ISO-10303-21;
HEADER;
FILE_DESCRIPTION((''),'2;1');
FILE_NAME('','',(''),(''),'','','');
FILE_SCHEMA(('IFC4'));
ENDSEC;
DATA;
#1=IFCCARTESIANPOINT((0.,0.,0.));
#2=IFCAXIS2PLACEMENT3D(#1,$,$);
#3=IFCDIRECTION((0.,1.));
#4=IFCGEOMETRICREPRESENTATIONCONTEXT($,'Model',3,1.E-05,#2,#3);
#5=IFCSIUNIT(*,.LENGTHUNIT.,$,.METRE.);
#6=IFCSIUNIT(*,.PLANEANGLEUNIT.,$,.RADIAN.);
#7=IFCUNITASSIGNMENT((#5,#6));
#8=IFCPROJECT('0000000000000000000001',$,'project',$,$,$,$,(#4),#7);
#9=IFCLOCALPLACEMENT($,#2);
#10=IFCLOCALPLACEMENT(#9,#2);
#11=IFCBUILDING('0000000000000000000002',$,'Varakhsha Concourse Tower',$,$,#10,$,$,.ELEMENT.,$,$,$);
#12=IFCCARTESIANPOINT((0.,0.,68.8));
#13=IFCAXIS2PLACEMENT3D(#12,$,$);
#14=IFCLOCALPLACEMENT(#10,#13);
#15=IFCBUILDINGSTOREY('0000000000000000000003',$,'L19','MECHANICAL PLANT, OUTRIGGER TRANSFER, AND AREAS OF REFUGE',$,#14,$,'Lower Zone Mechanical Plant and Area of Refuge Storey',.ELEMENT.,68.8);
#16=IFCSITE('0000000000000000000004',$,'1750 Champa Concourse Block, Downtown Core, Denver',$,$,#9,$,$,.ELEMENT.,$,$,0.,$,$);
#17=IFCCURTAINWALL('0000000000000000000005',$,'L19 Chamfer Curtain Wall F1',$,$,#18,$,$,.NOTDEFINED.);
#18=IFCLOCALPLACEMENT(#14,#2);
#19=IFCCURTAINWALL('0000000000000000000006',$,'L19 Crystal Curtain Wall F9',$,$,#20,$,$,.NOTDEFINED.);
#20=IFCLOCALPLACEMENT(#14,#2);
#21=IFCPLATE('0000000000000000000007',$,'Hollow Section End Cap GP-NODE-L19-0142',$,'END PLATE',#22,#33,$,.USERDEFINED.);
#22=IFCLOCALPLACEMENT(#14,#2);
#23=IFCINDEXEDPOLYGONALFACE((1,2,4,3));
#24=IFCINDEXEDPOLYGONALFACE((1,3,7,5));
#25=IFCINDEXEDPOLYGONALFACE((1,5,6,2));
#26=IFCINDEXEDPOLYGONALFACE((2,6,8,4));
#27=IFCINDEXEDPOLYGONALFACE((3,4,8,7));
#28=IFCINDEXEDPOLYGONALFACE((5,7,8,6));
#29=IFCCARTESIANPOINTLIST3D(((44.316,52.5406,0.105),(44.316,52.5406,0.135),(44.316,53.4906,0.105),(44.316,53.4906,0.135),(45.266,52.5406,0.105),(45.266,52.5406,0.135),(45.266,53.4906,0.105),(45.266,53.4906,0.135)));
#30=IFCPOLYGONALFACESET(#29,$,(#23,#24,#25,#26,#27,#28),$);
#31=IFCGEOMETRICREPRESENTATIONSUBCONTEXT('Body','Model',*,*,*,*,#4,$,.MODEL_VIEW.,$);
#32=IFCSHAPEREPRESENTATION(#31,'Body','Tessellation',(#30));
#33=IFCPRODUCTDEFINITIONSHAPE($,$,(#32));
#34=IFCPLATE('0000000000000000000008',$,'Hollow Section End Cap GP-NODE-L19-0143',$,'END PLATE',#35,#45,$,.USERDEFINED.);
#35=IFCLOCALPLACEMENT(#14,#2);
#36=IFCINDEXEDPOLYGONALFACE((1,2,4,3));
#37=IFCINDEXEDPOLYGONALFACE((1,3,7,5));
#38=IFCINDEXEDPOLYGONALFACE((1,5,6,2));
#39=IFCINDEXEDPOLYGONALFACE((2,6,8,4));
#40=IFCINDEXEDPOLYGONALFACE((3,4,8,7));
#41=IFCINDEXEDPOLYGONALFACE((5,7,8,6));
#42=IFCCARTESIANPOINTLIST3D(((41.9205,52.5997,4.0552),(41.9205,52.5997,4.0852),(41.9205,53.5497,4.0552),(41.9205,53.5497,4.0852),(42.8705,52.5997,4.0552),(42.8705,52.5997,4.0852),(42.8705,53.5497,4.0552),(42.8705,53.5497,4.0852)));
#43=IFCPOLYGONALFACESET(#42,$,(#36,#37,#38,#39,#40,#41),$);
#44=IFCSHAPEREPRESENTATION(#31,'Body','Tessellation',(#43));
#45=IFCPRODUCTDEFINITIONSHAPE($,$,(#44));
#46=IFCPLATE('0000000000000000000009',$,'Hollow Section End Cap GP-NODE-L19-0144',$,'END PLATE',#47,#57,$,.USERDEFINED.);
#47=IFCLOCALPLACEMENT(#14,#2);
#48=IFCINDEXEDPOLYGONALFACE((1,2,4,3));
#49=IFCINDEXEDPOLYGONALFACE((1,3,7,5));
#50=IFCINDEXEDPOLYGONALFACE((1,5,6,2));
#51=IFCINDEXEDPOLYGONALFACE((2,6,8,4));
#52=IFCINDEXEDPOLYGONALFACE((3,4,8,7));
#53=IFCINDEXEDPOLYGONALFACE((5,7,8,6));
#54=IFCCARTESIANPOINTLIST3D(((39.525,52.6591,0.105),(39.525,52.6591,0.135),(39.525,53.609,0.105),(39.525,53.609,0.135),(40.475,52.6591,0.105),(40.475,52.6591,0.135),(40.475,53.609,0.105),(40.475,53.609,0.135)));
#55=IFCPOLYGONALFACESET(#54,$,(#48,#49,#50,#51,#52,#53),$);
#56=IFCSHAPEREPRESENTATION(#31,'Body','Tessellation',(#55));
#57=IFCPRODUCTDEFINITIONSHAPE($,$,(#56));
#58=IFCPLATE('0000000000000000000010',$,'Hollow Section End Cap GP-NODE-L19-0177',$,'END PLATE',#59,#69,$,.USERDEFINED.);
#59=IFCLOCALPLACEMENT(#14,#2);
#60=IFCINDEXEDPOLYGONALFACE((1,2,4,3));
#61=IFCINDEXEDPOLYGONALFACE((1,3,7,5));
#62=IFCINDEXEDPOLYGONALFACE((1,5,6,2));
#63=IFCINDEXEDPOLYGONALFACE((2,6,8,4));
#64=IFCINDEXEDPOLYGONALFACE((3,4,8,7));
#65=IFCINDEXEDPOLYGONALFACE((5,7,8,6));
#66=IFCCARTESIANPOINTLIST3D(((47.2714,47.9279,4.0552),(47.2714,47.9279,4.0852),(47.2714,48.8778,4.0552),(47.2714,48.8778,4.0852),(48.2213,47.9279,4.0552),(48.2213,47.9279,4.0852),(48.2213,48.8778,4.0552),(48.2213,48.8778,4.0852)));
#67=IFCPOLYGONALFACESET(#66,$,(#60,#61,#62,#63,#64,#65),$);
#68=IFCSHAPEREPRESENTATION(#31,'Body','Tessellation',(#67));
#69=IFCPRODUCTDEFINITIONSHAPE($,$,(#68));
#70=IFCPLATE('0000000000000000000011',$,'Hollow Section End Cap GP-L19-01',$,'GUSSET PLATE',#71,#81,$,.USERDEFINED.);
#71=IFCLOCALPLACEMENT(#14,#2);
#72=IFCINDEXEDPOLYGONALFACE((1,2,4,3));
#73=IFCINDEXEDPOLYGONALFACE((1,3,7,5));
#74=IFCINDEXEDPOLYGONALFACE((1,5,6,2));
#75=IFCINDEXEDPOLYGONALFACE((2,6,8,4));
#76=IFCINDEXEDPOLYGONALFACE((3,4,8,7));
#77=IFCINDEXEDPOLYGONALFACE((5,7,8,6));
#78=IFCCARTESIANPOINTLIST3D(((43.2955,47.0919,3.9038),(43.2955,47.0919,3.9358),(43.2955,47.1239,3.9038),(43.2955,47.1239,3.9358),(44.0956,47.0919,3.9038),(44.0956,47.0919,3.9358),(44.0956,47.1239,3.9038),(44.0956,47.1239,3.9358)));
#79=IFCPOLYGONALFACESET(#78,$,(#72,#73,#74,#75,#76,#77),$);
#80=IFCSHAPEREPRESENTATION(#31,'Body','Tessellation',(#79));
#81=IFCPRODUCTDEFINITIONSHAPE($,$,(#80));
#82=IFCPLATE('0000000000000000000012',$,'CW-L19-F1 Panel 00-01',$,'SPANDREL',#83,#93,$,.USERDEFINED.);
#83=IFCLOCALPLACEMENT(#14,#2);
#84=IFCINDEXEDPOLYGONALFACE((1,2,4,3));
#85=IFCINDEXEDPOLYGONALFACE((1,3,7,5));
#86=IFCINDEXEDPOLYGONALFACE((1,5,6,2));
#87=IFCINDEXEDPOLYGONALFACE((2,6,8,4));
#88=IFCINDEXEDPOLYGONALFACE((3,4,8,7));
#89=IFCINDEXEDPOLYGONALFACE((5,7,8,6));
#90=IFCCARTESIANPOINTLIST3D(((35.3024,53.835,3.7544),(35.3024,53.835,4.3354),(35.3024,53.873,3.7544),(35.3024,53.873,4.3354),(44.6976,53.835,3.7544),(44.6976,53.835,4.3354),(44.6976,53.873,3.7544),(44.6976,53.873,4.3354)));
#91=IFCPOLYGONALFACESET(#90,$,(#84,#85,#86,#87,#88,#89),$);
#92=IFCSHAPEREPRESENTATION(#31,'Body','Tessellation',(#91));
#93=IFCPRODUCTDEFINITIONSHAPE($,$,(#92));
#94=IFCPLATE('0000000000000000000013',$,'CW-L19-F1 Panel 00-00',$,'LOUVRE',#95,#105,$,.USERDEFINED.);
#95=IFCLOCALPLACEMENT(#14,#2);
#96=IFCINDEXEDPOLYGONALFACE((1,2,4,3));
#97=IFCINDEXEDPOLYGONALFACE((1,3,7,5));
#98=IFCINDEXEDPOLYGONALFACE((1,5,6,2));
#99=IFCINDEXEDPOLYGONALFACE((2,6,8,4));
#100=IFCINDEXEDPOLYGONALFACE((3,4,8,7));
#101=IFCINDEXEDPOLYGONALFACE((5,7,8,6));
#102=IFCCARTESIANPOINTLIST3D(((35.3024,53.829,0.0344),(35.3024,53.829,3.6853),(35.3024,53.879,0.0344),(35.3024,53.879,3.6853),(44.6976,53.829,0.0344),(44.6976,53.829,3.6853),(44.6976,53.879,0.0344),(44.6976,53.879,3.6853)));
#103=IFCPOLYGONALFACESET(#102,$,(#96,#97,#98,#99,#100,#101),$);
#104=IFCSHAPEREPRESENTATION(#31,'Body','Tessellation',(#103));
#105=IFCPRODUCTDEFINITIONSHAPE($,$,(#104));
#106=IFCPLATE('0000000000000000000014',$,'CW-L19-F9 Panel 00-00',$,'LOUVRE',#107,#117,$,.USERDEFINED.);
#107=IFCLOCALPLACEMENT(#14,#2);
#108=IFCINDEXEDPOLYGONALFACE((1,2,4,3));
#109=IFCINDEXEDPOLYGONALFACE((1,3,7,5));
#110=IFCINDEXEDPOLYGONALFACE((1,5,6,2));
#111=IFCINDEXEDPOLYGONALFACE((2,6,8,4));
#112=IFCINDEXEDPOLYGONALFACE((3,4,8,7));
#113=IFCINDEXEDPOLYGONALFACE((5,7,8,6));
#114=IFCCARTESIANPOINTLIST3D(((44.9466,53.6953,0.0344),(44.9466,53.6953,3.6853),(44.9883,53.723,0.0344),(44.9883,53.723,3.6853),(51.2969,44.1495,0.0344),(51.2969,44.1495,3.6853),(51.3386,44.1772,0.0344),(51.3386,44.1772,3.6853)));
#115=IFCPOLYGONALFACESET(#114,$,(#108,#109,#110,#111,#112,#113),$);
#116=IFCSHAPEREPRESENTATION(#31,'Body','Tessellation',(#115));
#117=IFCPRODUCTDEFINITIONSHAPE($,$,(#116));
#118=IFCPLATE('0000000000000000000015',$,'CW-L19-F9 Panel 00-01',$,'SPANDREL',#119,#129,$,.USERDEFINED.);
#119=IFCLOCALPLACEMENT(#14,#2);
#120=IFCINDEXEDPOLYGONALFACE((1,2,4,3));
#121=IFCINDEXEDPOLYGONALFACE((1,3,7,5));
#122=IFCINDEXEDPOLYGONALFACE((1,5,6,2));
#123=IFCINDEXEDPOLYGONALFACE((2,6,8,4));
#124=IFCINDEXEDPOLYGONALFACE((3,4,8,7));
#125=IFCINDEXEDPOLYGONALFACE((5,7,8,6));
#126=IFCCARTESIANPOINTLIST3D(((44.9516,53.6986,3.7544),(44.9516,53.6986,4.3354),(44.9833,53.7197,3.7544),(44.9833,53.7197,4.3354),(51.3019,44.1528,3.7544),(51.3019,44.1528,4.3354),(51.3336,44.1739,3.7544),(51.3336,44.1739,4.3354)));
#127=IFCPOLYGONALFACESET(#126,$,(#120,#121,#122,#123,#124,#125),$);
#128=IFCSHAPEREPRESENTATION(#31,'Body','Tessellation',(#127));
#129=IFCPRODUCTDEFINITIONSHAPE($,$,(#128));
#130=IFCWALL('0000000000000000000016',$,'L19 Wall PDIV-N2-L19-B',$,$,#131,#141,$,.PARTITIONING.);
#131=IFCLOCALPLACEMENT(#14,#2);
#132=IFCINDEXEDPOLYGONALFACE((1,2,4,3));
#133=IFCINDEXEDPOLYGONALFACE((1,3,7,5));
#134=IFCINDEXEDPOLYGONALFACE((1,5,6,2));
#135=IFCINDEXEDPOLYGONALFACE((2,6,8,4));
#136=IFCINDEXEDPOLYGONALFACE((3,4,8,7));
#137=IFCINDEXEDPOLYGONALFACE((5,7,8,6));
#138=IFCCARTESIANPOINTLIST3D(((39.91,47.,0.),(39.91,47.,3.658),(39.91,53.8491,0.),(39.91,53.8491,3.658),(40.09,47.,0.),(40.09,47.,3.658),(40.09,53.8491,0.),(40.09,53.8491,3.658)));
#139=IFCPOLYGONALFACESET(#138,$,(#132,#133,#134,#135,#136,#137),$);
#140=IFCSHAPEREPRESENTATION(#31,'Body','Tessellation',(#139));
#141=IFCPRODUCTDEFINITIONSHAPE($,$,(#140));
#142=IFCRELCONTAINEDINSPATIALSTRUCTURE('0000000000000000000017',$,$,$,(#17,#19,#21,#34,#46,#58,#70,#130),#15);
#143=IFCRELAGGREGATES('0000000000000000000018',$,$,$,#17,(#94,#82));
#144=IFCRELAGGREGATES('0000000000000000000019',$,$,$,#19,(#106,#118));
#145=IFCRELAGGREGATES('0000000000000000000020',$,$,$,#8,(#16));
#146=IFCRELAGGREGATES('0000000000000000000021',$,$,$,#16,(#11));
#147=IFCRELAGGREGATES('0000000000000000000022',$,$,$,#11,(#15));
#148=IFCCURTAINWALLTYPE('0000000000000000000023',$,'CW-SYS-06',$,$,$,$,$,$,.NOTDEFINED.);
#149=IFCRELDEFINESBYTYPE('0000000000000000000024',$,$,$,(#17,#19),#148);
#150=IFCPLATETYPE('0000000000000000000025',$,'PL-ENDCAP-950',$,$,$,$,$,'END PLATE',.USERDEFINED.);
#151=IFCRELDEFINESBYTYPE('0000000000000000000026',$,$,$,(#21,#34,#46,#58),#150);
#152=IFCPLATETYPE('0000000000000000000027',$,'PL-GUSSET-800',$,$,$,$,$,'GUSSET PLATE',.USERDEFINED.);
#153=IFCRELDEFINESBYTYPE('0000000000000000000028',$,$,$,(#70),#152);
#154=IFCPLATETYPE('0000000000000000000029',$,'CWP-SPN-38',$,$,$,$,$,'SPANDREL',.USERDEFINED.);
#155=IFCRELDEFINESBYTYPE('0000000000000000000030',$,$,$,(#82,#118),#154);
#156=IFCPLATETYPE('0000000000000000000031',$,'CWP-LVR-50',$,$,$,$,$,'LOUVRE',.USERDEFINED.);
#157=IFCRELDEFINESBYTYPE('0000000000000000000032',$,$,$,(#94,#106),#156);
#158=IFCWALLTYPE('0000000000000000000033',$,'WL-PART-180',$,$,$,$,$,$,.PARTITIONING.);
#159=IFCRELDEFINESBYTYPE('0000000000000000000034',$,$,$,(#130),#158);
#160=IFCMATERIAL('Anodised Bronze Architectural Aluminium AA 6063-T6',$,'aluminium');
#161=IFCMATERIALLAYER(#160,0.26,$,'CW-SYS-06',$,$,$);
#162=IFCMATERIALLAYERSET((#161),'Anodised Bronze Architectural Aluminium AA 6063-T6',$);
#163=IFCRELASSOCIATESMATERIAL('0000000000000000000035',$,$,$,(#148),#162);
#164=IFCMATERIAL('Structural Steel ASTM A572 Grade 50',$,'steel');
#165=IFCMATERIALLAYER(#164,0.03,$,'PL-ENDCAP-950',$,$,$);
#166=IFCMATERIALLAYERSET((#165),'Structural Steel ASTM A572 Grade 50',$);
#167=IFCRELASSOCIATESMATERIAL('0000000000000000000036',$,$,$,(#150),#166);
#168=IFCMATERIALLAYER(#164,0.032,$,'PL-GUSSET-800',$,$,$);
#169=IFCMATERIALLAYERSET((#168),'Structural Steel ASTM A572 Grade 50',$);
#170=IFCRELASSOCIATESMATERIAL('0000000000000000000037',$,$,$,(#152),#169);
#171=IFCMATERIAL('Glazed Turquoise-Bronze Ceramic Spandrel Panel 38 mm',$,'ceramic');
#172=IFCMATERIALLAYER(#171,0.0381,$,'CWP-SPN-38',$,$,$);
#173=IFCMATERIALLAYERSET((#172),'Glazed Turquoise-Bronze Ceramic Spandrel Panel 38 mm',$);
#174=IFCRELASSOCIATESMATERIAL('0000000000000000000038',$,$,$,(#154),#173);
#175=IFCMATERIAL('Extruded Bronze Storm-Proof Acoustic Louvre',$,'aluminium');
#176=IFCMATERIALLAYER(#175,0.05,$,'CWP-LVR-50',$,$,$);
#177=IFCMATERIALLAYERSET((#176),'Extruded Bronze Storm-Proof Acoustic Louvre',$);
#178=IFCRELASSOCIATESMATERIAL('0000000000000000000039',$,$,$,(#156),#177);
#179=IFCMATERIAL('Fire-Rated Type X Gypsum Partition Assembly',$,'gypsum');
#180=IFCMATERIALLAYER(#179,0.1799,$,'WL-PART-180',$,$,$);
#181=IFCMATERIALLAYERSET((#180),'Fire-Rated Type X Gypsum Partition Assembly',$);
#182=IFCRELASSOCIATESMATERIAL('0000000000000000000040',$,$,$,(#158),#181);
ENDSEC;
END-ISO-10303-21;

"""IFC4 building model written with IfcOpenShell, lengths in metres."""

from ifc_helpers import new_model, si_unit, direction, frame, frame_2d, origin, origin_2d, place, context, subcontext, project, spatial, rectangle, extrude, source, transform, mapped, material, layer, layer_set, type_object, type_shapes, element, aggregate, save


model = new_model("IFC4")

# Units and contexts
model_context = context("Model", 3, precision=1e-05, world=origin(), true_north=direction((0.0, 1.0)))
body_context = subcontext(model_context, "Body", "Model", "MODEL_VIEW")
ifc_project = project(units=[si_unit("LENGTHUNIT", "METRE"), si_unit("PLANEANGLEUNIT", "RADIAN")], contexts=[model_context])

# Site, building, storey
site_placement = place(None, origin())
site = spatial("IfcSite", under=ifc_project, at=site_placement, Name="1750 Champa Concourse Block, Downtown Core, Denver", CompositionType="ELEMENT", RefElevation=0.0)
building_placement = place(site_placement, origin())
building = spatial("IfcBuilding", under=site, at=building_placement, Name="Varakhsha Concourse Tower", CompositionType="ELEMENT")
storey_placement = place(building_placement, frame((0.0, 0.0, 68.8)))
storey = spatial("IfcBuildingStorey", under=building, at=storey_placement, Name="L19", Description="MECHANICAL PLANT, OUTRIGGER TRANSFER, AND AREAS OF REFUGE", LongName="Lower Zone Mechanical Plant and Area of Refuge Storey", CompositionType="ELEMENT", Elevation=68.8)

# Shared definitions
ifc_material_1 = material(Name="Structural Steel ASTM A572 Grade 50", Category="steel")

# Curtain wall
ifc_material_2 = material(Name="Anodised Bronze Architectural Aluminium AA 6063-T6", Category="aluminium")
ifc_layer_1 = layer(ifc_material_2, 0.26, Name="CW-SYS-06")
ifc_layer_set_1 = layer_set([ifc_layer_1], Name="Anodised Bronze Architectural Aluminium AA 6063-T6")
curtain_wall_type = type_object("IfcCurtainWallType", Name="CW-SYS-06", PredefinedType="NOTDEFINED", material=ifc_layer_set_1)
curtain_wall_1_placement = place(storey_placement, origin())
curtain_wall_1 = element("IfcCurtainWall", 1, at=curtain_wall_1_placement, inside=storey, type_object=curtain_wall_type, Name="L19 Chamfer Curtain Wall F1", PredefinedType="NOTDEFINED")

# Curtain wall
curtain_wall_2_placement = place(storey_placement, origin())
curtain_wall_2 = element("IfcCurtainWall", 2, at=curtain_wall_2_placement, inside=storey, type_object=curtain_wall_type, Name="L19 Crystal Curtain Wall F9", PredefinedType="NOTDEFINED")

# Plates
ifc_layer_2 = layer(ifc_material_1, 0.03, Name="PL-ENDCAP-950")
ifc_layer_set_2 = layer_set([ifc_layer_2], Name="Structural Steel ASTM A572 Grade 50")
plate_type_1 = type_object("IfcPlateType", Name="PL-ENDCAP-950", ElementType="END PLATE", PredefinedType="USERDEFINED", material=ifc_layer_set_2)
shared_shape_1 = source(origin(), body_context, "Body", "SweptSolid", [
    extrude(rectangle(XDim=0.95, YDim=0.95, at=origin_2d()), origin(), (0.0, 0.0, 1.0), 0.03),
])
type_shapes(plate_type_1, [shared_shape_1])
for number, where, z_axis, x_axis, name in (
    (3, (44.791, 53.0156, 0.105), (0.0, 0.0, 1.0), (1.0, 0.0, 0.0), "Hollow Section End Cap GP-NODE-L19-0142"),
    (4, (42.3955, 53.0747, 4.0552), (0.0, 0.0, 1.0), (1.0, 0.0, 0.0), "Hollow Section End Cap GP-NODE-L19-0143"),
    (5, (40.0, 53.134, 0.105), (0.0, 0.0, 1.0), (1.0, 0.0, 0.0), "Hollow Section End Cap GP-NODE-L19-0144"),
    (6, (47.7463, 48.4028, 4.0552), (0.0, 0.0, 1.0), (1.0, 0.0, 0.0), "Hollow Section End Cap GP-NODE-L19-0177"),
):
    element("IfcPlate", number, at=place(storey_placement, frame(where, z_axis=z_axis, x_axis=x_axis)), inside=storey, type_object=plate_type_1, Name=name, ObjectType="END PLATE", PredefinedType="USERDEFINED", context=body_context, shape_type="MappedRepresentation", body=[
        mapped(shared_shape_1, transform((0.0, 0.0, 0.0), scale=1.0)),
    ])
ifc_layer_3 = layer(ifc_material_1, 0.032, Name="PL-GUSSET-800")
ifc_layer_set_3 = layer_set([ifc_layer_3], Name="Structural Steel ASTM A572 Grade 50")
plate_type_2 = type_object("IfcPlateType", Name="PL-GUSSET-800", ElementType="GUSSET PLATE", PredefinedType="USERDEFINED", material=ifc_layer_set_3)
shared_shape_2 = source(origin(), body_context, "Body", "SweptSolid", [
    extrude(rectangle(XDim=0.8, YDim=0.032, at=origin_2d()), origin(), (0.0, 0.0, 1.0), 0.032),
])
type_shapes(plate_type_2, [shared_shape_2])
plate_1_placement = place(storey_placement, frame((43.6956, 47.1079, 3.9038), z_axis=(0.0, 0.0, 1.0), x_axis=(1.0, 0.0, 0.0)))
element("IfcPlate", 7, at=plate_1_placement, inside=storey, type_object=plate_type_2, Name="Hollow Section End Cap GP-L19-01", ObjectType="GUSSET PLATE", PredefinedType="USERDEFINED", context=body_context, shape_type="MappedRepresentation", body=[
    mapped(shared_shape_2, transform((0.0, 0.0, 0.0), scale=1.0)),
])

# Plates
ifc_material_3 = material(Name="Glazed Turquoise-Bronze Ceramic Spandrel Panel 38 mm", Category="ceramic")
ifc_layer_4 = layer(ifc_material_3, 0.0381, Name="CWP-SPN-38")
ifc_layer_set_4 = layer_set([ifc_layer_4], Name="Glazed Turquoise-Bronze Ceramic Spandrel Panel 38 mm")
plate_type_3 = type_object("IfcPlateType", Name="CWP-SPN-38", ElementType="SPANDREL", PredefinedType="USERDEFINED", material=ifc_layer_set_4)
shared_shape_3 = source(origin(), body_context, "Body", "SweptSolid", [
    extrude(rectangle(XDim=9.3953, YDim=0.0381, at=origin_2d()), origin(), (0.0, 0.0, 1.0), 0.5811),
])
plate_2_placement = place(storey_placement, frame((40.0, 53.854, 3.7544), z_axis=(0.0, 0.0, 1.0), x_axis=(1.0, 0.0, 0.0)))
plate_2 = element("IfcPlate", 8, at=plate_2_placement, type_object=plate_type_3, Name="CW-L19-F1 Panel 00-01", ObjectType="SPANDREL", PredefinedType="USERDEFINED", context=body_context, shape_type="MappedRepresentation", body=[
    mapped(shared_shape_3, transform((0.0, 0.0, 0.0), scale=1.0)),
])
ifc_material_4 = material(Name="Extruded Bronze Storm-Proof Acoustic Louvre", Category="aluminium")
ifc_layer_5 = layer(ifc_material_4, 0.05, Name="CWP-LVR-50")
ifc_layer_set_5 = layer_set([ifc_layer_5], Name="Extruded Bronze Storm-Proof Acoustic Louvre")
plate_type_4 = type_object("IfcPlateType", Name="CWP-LVR-50", ElementType="LOUVRE", PredefinedType="USERDEFINED", material=ifc_layer_set_5)
shared_shape_4 = source(origin(), body_context, "Body", "SweptSolid", [
    extrude(rectangle(XDim=9.3953, YDim=0.05, at=origin_2d()), origin(), (0.0, 0.0, 1.0), 3.6509),
])
plate_3_placement = place(storey_placement, frame((40.0, 53.854, 0.0344), z_axis=(0.0, 0.0, 1.0), x_axis=(1.0, 0.0, 0.0)))
plate_3 = element("IfcPlate", 9, at=plate_3_placement, type_object=plate_type_4, Name="CW-L19-F1 Panel 00-00", ObjectType="LOUVRE", PredefinedType="USERDEFINED", context=body_context, shape_type="MappedRepresentation", body=[
    mapped(shared_shape_4, transform((0.0, 0.0, 0.0), scale=1.0)),
])
aggregate(curtain_wall_1, [plate_3, plate_2])
shared_shape_5 = source(origin(), body_context, "Body", "SweptSolid", [
    extrude(rectangle(XDim=11.4651, YDim=0.05, at=origin_2d()), origin(), (0.0, 0.0, 1.0), 3.6509),
])
type_shapes(plate_type_4, [shared_shape_4, shared_shape_5])
plate_4_placement = place(storey_placement, frame((48.1426, 48.9363, 0.0344), z_axis=(0.0, 0.0, 1.0), x_axis=(0.553881, -0.832596, 0.0)))
plate_4 = element("IfcPlate", 10, at=plate_4_placement, type_object=plate_type_4, Name="CW-L19-F9 Panel 00-00", ObjectType="LOUVRE", PredefinedType="USERDEFINED", context=body_context, shape_type="MappedRepresentation", body=[
    mapped(shared_shape_5, transform((0.0, 0.0, 0.0), scale=1.0)),
])
shared_shape_6 = source(origin(), body_context, "Body", "SweptSolid", [
    extrude(rectangle(XDim=11.4651, YDim=0.0381, at=origin_2d()), origin(), (0.0, 0.0, 1.0), 0.5811),
])
type_shapes(plate_type_3, [shared_shape_3, shared_shape_6])
plate_5_placement = place(storey_placement, frame((48.1426, 48.9363, 3.7544), z_axis=(0.0, 0.0, 1.0), x_axis=(0.553881, -0.832596, 0.0)))
plate_5 = element("IfcPlate", 11, at=plate_5_placement, type_object=plate_type_3, Name="CW-L19-F9 Panel 00-01", ObjectType="SPANDREL", PredefinedType="USERDEFINED", context=body_context, shape_type="MappedRepresentation", body=[
    mapped(shared_shape_6, transform((0.0, 0.0, 0.0), scale=1.0)),
])
aggregate(curtain_wall_2, [plate_4, plate_5])

# Wall
ifc_material_5 = material(Name="Fire-Rated Type X Gypsum Partition Assembly", Category="gypsum")
ifc_layer_6 = layer(ifc_material_5, 0.1799, Name="WL-PART-180")
ifc_layer_set_6 = layer_set([ifc_layer_6], Name="Fire-Rated Type X Gypsum Partition Assembly")
wall_type = type_object("IfcWallType", Name="WL-PART-180", PredefinedType="PARTITIONING", material=ifc_layer_set_6)
wall_placement = place(storey_placement, frame((40.0, 47.0, 0.0), z_axis=(0.0, 0.0, 1.0), x_axis=(0.0, 1.0, 0.0)))
element("IfcWall", 12, at=wall_placement, inside=storey, type_object=wall_type, Name="L19 Wall PDIV-N2-L19-B", PredefinedType="PARTITIONING", context=body_context, shape_type="SweptSolid", body=[
    extrude(rectangle(XDim=6.8491, YDim=0.1799, at=frame_2d((3.4246, 0.0))), origin(), (0.0, 0.0, 1.0), 3.658),
])

save(model, "model.ifc")
